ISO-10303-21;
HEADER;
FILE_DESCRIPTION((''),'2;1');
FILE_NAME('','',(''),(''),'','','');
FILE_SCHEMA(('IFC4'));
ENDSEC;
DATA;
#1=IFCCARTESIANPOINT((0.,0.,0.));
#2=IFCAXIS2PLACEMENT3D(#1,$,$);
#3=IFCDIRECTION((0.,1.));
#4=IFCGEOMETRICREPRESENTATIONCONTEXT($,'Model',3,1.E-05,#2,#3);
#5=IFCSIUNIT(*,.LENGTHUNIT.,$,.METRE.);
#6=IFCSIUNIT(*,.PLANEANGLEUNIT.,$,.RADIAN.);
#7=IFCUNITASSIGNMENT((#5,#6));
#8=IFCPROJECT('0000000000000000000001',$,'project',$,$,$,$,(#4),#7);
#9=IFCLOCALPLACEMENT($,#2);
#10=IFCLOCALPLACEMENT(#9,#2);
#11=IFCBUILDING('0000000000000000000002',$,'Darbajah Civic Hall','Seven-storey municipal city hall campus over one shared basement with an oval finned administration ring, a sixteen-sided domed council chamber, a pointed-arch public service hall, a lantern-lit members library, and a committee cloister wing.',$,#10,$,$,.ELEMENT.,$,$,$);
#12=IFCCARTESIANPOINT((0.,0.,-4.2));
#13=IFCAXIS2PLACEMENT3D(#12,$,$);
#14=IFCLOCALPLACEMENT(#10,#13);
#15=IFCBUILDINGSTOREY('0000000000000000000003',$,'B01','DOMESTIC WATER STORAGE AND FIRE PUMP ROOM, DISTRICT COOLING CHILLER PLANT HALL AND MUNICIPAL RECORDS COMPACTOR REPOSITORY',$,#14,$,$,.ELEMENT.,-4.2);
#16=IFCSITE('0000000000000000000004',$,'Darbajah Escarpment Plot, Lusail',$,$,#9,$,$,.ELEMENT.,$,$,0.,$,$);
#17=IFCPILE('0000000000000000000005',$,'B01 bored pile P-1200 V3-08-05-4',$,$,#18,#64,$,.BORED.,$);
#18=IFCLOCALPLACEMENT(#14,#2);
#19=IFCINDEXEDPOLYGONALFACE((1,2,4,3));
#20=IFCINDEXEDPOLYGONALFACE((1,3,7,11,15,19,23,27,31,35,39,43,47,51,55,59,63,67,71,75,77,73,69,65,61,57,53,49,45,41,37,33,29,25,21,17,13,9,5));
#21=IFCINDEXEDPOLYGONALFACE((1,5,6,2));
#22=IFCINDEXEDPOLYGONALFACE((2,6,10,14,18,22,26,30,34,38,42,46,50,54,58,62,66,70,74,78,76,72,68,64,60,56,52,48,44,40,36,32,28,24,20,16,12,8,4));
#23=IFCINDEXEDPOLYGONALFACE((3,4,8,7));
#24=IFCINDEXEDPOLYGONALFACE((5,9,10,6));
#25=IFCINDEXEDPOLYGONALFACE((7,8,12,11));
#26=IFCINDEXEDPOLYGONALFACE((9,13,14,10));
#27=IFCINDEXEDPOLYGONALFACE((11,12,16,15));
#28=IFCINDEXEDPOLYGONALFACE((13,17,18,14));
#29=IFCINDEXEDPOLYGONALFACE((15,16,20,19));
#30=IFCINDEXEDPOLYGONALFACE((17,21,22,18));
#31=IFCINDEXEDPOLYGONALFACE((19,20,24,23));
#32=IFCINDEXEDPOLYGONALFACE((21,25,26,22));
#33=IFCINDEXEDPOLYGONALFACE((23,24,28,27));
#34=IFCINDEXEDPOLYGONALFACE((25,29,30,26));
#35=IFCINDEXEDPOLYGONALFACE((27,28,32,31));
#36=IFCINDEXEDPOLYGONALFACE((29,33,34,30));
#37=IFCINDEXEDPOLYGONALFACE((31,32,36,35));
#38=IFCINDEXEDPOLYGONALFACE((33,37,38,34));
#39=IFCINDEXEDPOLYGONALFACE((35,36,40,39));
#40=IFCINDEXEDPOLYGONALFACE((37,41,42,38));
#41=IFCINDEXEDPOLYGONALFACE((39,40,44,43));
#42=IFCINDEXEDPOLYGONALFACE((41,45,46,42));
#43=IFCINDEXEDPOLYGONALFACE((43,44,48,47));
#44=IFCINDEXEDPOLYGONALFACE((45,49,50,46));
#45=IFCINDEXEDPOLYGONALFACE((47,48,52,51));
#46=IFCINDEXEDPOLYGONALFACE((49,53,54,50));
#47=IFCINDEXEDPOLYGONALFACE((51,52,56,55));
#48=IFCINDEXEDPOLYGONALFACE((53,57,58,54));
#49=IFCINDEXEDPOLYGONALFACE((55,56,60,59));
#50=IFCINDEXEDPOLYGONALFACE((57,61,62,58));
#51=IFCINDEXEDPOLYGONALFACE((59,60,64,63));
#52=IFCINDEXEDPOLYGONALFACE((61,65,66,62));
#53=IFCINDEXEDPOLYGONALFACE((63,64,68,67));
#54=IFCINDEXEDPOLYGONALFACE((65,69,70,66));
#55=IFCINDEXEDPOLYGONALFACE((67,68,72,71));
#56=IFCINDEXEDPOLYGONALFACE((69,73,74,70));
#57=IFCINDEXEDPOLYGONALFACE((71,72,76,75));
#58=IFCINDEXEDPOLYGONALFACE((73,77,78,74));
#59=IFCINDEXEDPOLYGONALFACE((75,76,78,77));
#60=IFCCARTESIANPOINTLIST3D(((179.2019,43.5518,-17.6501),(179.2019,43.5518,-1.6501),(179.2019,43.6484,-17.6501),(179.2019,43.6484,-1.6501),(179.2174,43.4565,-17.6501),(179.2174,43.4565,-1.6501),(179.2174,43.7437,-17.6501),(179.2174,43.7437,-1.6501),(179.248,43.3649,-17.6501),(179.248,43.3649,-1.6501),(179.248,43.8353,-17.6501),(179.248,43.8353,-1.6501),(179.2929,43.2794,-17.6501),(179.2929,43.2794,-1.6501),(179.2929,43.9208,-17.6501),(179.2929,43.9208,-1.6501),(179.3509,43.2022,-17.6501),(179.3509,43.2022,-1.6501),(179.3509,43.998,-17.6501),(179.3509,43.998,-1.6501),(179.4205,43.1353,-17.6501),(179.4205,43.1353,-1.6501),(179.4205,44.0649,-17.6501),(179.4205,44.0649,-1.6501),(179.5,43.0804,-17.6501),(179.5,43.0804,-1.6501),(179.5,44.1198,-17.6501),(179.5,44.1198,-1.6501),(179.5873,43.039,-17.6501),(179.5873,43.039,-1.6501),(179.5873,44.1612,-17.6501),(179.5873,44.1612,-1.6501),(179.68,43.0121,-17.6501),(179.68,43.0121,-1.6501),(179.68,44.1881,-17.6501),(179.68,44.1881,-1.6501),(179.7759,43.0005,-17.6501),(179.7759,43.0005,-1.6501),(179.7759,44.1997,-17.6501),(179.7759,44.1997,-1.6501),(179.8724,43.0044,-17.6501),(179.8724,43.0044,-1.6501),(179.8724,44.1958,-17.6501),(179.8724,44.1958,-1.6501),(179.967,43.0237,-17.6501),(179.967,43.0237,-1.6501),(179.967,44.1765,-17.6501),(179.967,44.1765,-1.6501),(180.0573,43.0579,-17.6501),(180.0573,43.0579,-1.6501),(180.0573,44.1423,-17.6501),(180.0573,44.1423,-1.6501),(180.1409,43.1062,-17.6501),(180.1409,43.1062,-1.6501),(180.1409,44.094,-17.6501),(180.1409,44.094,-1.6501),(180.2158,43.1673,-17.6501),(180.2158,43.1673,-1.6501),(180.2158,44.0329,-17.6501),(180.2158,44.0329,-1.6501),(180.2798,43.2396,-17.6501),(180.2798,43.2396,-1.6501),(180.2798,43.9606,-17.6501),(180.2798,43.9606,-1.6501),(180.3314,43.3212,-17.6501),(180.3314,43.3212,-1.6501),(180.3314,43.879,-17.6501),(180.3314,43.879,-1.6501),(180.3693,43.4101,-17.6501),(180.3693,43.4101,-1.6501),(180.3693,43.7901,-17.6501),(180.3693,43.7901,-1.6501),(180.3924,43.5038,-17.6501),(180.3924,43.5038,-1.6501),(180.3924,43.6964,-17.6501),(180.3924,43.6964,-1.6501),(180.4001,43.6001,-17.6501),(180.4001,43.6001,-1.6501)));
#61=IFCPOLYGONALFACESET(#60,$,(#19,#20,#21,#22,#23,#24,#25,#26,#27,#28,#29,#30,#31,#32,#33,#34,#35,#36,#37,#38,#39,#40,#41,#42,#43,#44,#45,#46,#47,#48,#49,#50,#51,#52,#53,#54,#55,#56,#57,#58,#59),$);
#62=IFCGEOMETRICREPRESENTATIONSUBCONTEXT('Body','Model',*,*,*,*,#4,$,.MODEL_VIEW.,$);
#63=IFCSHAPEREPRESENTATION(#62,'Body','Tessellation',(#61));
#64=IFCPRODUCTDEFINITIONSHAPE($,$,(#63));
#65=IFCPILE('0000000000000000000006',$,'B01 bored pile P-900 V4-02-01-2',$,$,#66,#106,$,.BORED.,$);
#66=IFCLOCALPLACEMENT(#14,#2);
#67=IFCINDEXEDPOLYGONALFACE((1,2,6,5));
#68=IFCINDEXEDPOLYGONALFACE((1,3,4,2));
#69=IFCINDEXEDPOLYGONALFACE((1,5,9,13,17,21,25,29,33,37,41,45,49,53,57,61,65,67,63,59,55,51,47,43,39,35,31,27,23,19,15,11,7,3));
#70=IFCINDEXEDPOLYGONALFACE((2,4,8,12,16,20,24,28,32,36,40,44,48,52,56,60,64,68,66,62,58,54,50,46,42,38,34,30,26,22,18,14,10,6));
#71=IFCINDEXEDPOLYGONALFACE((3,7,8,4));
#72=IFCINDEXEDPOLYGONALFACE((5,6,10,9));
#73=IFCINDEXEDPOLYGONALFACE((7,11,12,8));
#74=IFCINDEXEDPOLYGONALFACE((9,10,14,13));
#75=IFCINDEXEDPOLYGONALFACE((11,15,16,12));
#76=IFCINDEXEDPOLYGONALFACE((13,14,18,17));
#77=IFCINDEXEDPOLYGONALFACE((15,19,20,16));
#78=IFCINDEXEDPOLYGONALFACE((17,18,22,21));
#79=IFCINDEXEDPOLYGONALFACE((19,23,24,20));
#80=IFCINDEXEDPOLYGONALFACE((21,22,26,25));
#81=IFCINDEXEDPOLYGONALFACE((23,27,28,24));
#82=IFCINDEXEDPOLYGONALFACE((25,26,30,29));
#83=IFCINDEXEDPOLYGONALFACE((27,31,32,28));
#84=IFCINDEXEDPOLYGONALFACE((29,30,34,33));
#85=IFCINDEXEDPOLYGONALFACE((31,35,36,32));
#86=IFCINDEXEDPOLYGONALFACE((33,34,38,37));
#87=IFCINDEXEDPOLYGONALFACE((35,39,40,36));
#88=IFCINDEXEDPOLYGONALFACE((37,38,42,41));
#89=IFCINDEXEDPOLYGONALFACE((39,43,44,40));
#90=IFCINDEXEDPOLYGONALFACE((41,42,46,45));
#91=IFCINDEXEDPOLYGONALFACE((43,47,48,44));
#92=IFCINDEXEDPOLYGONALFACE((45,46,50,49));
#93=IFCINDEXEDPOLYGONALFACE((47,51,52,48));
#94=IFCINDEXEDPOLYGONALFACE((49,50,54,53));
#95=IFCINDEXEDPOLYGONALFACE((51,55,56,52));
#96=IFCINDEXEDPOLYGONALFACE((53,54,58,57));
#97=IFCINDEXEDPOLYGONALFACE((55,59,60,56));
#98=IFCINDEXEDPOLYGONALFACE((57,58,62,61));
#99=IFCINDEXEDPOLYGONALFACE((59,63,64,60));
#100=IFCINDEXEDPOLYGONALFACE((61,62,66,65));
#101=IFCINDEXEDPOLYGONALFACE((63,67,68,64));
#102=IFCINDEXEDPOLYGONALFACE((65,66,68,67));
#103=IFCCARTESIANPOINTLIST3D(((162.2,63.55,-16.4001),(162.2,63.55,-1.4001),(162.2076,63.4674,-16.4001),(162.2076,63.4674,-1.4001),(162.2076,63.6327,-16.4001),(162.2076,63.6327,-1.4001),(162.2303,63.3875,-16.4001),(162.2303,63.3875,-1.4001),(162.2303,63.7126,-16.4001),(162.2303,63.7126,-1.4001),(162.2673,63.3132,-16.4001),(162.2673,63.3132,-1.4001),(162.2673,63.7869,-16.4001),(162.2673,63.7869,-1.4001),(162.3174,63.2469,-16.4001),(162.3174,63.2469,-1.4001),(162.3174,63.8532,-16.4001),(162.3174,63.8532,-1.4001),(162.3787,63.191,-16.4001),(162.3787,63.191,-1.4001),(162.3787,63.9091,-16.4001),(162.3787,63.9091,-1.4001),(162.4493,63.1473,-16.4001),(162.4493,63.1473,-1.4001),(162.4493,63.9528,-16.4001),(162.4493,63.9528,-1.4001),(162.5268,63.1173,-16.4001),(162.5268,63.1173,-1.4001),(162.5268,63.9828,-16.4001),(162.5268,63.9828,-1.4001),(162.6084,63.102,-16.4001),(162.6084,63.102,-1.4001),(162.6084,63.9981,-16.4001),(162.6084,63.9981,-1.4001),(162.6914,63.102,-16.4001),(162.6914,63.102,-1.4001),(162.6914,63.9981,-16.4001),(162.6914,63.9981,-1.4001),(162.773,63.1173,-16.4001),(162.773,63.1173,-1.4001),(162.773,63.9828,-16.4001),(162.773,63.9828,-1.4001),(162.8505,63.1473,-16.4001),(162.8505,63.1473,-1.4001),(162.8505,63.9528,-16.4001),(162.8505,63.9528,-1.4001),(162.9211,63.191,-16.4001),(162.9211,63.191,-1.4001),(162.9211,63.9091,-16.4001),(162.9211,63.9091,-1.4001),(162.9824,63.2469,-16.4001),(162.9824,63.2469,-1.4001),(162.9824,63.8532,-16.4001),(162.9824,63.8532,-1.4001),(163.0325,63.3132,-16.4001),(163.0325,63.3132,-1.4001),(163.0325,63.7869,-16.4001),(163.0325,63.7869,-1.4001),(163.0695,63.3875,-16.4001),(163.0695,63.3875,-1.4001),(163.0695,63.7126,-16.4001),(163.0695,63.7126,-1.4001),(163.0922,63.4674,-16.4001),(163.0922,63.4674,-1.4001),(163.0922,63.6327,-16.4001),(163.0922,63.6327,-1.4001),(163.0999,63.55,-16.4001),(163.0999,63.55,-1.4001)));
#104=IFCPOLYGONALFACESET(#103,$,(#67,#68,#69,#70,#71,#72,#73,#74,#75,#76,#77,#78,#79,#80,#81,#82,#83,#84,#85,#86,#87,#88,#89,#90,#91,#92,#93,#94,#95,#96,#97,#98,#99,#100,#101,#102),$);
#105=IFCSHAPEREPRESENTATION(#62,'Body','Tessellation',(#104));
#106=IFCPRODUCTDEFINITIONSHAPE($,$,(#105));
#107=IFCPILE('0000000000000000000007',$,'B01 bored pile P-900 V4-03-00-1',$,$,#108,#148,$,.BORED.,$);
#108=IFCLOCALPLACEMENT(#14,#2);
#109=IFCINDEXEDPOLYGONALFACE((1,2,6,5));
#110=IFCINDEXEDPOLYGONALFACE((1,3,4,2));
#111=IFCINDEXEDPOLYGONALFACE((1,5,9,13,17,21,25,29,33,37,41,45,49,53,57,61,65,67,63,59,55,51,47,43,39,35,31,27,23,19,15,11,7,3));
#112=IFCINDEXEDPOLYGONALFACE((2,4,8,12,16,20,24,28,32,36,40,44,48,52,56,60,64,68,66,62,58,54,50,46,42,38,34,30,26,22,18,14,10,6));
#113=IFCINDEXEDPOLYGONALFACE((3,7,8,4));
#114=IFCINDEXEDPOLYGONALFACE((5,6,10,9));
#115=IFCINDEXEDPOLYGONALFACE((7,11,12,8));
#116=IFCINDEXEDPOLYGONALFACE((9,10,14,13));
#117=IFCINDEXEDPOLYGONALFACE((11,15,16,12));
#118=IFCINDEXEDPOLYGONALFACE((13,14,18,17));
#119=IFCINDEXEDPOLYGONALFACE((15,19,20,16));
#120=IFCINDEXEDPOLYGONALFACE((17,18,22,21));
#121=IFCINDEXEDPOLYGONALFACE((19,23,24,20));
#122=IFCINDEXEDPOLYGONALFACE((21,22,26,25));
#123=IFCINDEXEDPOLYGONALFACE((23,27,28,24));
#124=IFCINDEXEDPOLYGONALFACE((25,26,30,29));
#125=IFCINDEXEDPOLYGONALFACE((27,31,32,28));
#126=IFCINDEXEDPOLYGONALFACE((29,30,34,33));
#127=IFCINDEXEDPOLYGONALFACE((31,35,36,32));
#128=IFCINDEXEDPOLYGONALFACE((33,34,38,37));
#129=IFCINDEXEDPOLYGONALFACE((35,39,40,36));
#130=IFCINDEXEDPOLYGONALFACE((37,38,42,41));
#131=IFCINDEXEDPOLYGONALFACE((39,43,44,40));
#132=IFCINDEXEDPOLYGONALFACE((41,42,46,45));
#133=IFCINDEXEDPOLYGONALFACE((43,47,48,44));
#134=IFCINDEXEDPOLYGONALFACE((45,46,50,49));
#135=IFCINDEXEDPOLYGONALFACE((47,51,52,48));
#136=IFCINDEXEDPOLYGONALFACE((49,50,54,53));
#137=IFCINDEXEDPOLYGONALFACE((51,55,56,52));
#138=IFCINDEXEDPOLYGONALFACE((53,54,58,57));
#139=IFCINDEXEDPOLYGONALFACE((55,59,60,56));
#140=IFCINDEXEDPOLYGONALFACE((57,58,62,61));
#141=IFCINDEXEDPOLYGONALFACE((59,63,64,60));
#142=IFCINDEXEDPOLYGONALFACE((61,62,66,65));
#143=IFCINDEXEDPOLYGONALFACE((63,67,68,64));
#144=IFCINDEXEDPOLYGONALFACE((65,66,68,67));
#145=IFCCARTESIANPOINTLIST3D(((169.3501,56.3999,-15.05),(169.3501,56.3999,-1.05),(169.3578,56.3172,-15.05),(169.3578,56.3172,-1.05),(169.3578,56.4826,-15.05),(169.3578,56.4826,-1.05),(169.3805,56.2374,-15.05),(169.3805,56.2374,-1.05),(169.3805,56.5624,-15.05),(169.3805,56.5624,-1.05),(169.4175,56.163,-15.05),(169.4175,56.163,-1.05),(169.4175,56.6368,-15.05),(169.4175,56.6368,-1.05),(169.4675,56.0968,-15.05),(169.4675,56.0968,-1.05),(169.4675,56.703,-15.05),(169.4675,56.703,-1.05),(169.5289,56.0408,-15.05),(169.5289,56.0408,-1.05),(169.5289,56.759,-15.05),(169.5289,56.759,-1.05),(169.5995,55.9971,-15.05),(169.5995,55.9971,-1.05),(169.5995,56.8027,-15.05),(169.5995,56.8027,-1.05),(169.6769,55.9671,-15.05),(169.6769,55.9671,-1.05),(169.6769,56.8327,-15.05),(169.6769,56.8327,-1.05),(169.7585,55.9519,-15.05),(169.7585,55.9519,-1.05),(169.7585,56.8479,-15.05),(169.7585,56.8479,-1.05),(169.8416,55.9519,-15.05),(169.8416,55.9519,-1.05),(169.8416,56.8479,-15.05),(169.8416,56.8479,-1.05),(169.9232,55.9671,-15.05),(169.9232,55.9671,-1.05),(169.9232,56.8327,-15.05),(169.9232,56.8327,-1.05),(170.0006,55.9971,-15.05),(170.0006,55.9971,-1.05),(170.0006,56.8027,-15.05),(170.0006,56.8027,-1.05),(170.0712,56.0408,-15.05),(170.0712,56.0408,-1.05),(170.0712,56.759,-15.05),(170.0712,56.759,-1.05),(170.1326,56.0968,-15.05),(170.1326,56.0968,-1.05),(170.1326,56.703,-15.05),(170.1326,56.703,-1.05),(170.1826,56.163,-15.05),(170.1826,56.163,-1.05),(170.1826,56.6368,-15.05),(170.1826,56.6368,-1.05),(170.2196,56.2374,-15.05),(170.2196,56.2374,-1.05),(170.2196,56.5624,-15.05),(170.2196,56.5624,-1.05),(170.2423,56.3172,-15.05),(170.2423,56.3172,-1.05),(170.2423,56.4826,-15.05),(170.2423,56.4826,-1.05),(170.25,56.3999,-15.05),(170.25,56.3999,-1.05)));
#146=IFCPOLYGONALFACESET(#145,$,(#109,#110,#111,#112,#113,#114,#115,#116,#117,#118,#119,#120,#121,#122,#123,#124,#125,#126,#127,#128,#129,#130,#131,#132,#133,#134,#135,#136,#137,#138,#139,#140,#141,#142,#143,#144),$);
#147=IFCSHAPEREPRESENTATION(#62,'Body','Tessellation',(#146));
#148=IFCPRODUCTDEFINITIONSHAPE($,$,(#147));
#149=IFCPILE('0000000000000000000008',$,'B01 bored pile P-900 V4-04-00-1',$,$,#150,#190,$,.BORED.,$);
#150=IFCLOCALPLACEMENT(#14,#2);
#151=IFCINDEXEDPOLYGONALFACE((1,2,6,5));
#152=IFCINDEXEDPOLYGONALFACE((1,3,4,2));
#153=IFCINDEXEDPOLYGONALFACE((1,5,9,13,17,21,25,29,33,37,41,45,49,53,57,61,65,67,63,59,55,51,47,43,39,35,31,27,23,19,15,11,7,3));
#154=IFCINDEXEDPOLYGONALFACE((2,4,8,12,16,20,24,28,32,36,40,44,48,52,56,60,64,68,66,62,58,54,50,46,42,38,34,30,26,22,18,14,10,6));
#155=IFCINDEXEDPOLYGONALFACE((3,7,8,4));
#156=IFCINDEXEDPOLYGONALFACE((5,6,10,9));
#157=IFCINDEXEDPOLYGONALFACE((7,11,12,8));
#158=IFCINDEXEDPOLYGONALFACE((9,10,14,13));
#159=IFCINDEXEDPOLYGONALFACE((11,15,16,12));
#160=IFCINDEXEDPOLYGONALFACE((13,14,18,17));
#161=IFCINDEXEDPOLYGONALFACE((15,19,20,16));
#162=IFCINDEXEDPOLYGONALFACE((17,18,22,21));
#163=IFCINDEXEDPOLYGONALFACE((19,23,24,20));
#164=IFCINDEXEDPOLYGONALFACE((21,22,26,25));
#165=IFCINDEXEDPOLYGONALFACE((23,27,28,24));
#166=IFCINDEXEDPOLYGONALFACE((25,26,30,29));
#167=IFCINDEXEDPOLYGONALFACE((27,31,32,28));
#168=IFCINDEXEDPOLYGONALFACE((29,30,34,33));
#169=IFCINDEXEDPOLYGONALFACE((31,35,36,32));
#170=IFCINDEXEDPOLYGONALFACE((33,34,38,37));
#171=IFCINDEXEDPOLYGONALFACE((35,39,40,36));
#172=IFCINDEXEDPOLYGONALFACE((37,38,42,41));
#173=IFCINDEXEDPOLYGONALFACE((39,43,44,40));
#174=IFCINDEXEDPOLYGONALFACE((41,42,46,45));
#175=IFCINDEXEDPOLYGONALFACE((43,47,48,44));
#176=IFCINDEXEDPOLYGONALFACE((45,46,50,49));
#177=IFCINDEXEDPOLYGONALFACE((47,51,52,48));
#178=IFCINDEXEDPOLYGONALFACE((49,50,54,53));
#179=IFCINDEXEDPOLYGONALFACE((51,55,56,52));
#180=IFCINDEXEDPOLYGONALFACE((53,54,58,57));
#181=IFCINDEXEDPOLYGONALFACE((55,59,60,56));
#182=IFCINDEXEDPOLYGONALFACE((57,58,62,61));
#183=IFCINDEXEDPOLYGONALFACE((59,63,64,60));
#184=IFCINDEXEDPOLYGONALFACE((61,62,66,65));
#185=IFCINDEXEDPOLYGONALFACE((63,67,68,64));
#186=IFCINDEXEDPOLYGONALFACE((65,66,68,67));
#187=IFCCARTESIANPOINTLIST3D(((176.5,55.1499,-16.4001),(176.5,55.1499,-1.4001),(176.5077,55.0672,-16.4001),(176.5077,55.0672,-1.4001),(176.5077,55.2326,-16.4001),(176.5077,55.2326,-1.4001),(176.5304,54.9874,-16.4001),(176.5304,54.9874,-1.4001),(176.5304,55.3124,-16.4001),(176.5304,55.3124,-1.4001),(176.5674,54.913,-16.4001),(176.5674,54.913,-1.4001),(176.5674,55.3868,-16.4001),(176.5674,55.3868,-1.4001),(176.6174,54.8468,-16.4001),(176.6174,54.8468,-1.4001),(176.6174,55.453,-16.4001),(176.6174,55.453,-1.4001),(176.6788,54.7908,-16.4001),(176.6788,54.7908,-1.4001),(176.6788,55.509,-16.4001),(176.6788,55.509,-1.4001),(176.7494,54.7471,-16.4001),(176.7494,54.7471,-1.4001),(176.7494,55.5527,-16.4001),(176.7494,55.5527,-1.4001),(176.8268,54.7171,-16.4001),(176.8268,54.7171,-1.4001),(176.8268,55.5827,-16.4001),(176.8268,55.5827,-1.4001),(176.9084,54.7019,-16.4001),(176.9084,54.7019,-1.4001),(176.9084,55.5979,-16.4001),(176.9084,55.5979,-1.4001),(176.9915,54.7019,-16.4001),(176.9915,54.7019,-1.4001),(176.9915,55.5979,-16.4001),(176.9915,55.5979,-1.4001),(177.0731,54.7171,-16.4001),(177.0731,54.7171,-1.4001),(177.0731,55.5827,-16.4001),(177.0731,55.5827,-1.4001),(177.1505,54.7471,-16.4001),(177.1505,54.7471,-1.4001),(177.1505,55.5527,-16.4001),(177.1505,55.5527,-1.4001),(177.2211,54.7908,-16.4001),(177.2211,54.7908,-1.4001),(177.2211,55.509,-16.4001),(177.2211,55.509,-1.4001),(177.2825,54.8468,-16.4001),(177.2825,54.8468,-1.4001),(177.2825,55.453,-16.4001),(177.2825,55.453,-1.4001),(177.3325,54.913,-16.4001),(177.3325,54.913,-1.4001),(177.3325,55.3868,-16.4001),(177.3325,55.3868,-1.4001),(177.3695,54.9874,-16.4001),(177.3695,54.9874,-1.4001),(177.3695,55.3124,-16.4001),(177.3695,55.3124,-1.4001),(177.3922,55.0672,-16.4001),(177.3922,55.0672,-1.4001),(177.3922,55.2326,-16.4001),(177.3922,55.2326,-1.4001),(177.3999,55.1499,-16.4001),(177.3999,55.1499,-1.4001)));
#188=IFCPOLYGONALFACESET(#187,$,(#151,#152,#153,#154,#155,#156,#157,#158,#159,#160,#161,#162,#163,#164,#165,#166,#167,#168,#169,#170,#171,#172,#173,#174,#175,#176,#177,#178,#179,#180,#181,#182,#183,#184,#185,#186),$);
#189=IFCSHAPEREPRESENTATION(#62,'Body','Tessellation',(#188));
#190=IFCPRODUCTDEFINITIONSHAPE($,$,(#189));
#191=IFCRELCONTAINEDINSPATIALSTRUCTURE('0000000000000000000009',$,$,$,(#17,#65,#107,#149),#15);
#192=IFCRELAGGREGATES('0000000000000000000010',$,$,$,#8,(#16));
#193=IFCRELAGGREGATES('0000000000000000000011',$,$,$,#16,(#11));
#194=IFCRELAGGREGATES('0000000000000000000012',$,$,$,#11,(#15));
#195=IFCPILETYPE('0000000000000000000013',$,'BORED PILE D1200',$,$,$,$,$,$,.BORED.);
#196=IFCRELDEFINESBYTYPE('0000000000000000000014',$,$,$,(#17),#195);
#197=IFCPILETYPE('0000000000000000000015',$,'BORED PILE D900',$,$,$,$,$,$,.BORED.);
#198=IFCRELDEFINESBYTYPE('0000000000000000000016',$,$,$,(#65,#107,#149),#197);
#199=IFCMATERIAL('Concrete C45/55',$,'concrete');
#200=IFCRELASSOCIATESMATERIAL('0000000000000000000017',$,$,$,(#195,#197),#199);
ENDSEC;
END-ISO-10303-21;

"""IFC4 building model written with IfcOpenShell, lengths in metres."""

from ifc_helpers import new_model, si_unit, direction, frame, origin, origin_2d, place, context, subcontext, project, spatial, circle, extrude, material, material_profile, profile_set, type_object, element, save


model = new_model("IFC4")

# Units and contexts
model_context = context("Model", 3, precision=1e-05, world=origin(), true_north=direction((0.0, 1.0)))
body_context = subcontext(model_context, "Body", "Model", "MODEL_VIEW")
ifc_project = project(units=[si_unit("LENGTHUNIT", "METRE"), si_unit("PLANEANGLEUNIT", "RADIAN")], contexts=[model_context])

# Site, building, storey
site_placement = place(None, origin())
site = spatial("IfcSite", under=ifc_project, at=site_placement, Name="Darbajah Escarpment Plot, Lusail", CompositionType="ELEMENT", RefElevation=0.0)
building_placement = place(site_placement, origin())
building = spatial("IfcBuilding", under=site, at=building_placement, Name="Darbajah Civic Hall", Description="Seven-storey municipal city hall campus over one shared basement with an oval finned administration ring, a sixteen-sided domed council chamber, a pointed-arch public service hall, a lantern-lit members library, and a committee cloister wing.", CompositionType="ELEMENT")
storey_placement = place(building_placement, frame((0.0, 0.0, -4.2)))
storey = spatial("IfcBuildingStorey", under=building, at=storey_placement, Name="B01", Description="DOMESTIC WATER STORAGE AND FIRE PUMP ROOM, DISTRICT COOLING CHILLER PLANT HALL AND MUNICIPAL RECORDS COMPACTOR REPOSITORY", CompositionType="ELEMENT", Elevation=-4.2)

# Piles
ifc_material_1 = material(Name="Concrete C45/55", Category="concrete")
ifc_material_profile_1 = material_profile(ifc_material_1, circle(Radius=0.6001, at=origin_2d()), Name="BORED PILE D1200")
ifc_profile_set_1 = profile_set([ifc_material_profile_1], Name="Concrete C45/55")
pile_type_1 = type_object("IfcPileType", Name="BORED PILE D1200", PredefinedType="BORED", material=ifc_profile_set_1)
for number, where, z_axis, x_axis, name in (
    (1, (179.8, 43.6001, -1.6501), (0.0, 0.0, -1.0), (1.0, 0.0, 0.0), "B01 bored pile P-1200 V3-08-05-4"),
):
    element("IfcPile", number, at=place(storey_placement, frame(where, z_axis=z_axis, x_axis=x_axis)), inside=storey, type_object=pile_type_1, Name=name, PredefinedType="BORED", context=body_context, shape_type="SweptSolid", body=[
        extrude(circle(Radius=0.6001, at=origin_2d()), origin(), (0.0, 0.0, 1.0), 16.0),
    ])
ifc_material_profile_2 = material_profile(ifc_material_1, circle(Radius=0.45, at=origin_2d()), Name="BORED PILE D900")
ifc_profile_set_2 = profile_set([ifc_material_profile_2], Name="Concrete C45/55")
pile_type_2 = type_object("IfcPileType", Name="BORED PILE D900", PredefinedType="BORED", material=ifc_profile_set_2)
pile_1_placement = place(storey_placement, frame((162.6499, 63.55, -1.4001), z_axis=(0.0, 0.0, -1.0), x_axis=(1.0, 0.0, 0.0)))
element("IfcPile", 2, at=pile_1_placement, inside=storey, type_object=pile_type_2, Name="B01 bored pile P-900 V4-02-01-2", PredefinedType="BORED", context=body_context, shape_type="SweptSolid", body=[
    extrude(circle(Radius=0.45, at=origin_2d()), origin(), (0.0, 0.0, 1.0), 15.0),
])
pile_2_placement = place(storey_placement, frame((169.8, 56.3999, -1.05), z_axis=(0.0, 0.0, -1.0), x_axis=(1.0, 0.0, 0.0)))
element("IfcPile", 3, at=pile_2_placement, inside=storey, type_object=pile_type_2, Name="B01 bored pile P-900 V4-03-00-1", PredefinedType="BORED", context=body_context, shape_type="SweptSolid", body=[
    extrude(circle(Radius=0.45, at=origin_2d()), origin(), (0.0, 0.0, 1.0), 14.0),
])
for number, where, z_axis, x_axis, name in (
    (4, (176.95, 55.1499, -1.4001), (0.0, 0.0, -1.0), (1.0, 0.0, 0.0), "B01 bored pile P-900 V4-04-00-1"),
):
    element("IfcPile", number, at=place(storey_placement, frame(where, z_axis=z_axis, x_axis=x_axis)), inside=storey, type_object=pile_type_2, Name=name, PredefinedType="BORED", context=body_context, shape_type="SweptSolid", body=[
        extrude(circle(Radius=0.45, at=origin_2d()), origin(), (0.0, 0.0, 1.0), 15.0),
    ])

save(model, "model.ifc")
